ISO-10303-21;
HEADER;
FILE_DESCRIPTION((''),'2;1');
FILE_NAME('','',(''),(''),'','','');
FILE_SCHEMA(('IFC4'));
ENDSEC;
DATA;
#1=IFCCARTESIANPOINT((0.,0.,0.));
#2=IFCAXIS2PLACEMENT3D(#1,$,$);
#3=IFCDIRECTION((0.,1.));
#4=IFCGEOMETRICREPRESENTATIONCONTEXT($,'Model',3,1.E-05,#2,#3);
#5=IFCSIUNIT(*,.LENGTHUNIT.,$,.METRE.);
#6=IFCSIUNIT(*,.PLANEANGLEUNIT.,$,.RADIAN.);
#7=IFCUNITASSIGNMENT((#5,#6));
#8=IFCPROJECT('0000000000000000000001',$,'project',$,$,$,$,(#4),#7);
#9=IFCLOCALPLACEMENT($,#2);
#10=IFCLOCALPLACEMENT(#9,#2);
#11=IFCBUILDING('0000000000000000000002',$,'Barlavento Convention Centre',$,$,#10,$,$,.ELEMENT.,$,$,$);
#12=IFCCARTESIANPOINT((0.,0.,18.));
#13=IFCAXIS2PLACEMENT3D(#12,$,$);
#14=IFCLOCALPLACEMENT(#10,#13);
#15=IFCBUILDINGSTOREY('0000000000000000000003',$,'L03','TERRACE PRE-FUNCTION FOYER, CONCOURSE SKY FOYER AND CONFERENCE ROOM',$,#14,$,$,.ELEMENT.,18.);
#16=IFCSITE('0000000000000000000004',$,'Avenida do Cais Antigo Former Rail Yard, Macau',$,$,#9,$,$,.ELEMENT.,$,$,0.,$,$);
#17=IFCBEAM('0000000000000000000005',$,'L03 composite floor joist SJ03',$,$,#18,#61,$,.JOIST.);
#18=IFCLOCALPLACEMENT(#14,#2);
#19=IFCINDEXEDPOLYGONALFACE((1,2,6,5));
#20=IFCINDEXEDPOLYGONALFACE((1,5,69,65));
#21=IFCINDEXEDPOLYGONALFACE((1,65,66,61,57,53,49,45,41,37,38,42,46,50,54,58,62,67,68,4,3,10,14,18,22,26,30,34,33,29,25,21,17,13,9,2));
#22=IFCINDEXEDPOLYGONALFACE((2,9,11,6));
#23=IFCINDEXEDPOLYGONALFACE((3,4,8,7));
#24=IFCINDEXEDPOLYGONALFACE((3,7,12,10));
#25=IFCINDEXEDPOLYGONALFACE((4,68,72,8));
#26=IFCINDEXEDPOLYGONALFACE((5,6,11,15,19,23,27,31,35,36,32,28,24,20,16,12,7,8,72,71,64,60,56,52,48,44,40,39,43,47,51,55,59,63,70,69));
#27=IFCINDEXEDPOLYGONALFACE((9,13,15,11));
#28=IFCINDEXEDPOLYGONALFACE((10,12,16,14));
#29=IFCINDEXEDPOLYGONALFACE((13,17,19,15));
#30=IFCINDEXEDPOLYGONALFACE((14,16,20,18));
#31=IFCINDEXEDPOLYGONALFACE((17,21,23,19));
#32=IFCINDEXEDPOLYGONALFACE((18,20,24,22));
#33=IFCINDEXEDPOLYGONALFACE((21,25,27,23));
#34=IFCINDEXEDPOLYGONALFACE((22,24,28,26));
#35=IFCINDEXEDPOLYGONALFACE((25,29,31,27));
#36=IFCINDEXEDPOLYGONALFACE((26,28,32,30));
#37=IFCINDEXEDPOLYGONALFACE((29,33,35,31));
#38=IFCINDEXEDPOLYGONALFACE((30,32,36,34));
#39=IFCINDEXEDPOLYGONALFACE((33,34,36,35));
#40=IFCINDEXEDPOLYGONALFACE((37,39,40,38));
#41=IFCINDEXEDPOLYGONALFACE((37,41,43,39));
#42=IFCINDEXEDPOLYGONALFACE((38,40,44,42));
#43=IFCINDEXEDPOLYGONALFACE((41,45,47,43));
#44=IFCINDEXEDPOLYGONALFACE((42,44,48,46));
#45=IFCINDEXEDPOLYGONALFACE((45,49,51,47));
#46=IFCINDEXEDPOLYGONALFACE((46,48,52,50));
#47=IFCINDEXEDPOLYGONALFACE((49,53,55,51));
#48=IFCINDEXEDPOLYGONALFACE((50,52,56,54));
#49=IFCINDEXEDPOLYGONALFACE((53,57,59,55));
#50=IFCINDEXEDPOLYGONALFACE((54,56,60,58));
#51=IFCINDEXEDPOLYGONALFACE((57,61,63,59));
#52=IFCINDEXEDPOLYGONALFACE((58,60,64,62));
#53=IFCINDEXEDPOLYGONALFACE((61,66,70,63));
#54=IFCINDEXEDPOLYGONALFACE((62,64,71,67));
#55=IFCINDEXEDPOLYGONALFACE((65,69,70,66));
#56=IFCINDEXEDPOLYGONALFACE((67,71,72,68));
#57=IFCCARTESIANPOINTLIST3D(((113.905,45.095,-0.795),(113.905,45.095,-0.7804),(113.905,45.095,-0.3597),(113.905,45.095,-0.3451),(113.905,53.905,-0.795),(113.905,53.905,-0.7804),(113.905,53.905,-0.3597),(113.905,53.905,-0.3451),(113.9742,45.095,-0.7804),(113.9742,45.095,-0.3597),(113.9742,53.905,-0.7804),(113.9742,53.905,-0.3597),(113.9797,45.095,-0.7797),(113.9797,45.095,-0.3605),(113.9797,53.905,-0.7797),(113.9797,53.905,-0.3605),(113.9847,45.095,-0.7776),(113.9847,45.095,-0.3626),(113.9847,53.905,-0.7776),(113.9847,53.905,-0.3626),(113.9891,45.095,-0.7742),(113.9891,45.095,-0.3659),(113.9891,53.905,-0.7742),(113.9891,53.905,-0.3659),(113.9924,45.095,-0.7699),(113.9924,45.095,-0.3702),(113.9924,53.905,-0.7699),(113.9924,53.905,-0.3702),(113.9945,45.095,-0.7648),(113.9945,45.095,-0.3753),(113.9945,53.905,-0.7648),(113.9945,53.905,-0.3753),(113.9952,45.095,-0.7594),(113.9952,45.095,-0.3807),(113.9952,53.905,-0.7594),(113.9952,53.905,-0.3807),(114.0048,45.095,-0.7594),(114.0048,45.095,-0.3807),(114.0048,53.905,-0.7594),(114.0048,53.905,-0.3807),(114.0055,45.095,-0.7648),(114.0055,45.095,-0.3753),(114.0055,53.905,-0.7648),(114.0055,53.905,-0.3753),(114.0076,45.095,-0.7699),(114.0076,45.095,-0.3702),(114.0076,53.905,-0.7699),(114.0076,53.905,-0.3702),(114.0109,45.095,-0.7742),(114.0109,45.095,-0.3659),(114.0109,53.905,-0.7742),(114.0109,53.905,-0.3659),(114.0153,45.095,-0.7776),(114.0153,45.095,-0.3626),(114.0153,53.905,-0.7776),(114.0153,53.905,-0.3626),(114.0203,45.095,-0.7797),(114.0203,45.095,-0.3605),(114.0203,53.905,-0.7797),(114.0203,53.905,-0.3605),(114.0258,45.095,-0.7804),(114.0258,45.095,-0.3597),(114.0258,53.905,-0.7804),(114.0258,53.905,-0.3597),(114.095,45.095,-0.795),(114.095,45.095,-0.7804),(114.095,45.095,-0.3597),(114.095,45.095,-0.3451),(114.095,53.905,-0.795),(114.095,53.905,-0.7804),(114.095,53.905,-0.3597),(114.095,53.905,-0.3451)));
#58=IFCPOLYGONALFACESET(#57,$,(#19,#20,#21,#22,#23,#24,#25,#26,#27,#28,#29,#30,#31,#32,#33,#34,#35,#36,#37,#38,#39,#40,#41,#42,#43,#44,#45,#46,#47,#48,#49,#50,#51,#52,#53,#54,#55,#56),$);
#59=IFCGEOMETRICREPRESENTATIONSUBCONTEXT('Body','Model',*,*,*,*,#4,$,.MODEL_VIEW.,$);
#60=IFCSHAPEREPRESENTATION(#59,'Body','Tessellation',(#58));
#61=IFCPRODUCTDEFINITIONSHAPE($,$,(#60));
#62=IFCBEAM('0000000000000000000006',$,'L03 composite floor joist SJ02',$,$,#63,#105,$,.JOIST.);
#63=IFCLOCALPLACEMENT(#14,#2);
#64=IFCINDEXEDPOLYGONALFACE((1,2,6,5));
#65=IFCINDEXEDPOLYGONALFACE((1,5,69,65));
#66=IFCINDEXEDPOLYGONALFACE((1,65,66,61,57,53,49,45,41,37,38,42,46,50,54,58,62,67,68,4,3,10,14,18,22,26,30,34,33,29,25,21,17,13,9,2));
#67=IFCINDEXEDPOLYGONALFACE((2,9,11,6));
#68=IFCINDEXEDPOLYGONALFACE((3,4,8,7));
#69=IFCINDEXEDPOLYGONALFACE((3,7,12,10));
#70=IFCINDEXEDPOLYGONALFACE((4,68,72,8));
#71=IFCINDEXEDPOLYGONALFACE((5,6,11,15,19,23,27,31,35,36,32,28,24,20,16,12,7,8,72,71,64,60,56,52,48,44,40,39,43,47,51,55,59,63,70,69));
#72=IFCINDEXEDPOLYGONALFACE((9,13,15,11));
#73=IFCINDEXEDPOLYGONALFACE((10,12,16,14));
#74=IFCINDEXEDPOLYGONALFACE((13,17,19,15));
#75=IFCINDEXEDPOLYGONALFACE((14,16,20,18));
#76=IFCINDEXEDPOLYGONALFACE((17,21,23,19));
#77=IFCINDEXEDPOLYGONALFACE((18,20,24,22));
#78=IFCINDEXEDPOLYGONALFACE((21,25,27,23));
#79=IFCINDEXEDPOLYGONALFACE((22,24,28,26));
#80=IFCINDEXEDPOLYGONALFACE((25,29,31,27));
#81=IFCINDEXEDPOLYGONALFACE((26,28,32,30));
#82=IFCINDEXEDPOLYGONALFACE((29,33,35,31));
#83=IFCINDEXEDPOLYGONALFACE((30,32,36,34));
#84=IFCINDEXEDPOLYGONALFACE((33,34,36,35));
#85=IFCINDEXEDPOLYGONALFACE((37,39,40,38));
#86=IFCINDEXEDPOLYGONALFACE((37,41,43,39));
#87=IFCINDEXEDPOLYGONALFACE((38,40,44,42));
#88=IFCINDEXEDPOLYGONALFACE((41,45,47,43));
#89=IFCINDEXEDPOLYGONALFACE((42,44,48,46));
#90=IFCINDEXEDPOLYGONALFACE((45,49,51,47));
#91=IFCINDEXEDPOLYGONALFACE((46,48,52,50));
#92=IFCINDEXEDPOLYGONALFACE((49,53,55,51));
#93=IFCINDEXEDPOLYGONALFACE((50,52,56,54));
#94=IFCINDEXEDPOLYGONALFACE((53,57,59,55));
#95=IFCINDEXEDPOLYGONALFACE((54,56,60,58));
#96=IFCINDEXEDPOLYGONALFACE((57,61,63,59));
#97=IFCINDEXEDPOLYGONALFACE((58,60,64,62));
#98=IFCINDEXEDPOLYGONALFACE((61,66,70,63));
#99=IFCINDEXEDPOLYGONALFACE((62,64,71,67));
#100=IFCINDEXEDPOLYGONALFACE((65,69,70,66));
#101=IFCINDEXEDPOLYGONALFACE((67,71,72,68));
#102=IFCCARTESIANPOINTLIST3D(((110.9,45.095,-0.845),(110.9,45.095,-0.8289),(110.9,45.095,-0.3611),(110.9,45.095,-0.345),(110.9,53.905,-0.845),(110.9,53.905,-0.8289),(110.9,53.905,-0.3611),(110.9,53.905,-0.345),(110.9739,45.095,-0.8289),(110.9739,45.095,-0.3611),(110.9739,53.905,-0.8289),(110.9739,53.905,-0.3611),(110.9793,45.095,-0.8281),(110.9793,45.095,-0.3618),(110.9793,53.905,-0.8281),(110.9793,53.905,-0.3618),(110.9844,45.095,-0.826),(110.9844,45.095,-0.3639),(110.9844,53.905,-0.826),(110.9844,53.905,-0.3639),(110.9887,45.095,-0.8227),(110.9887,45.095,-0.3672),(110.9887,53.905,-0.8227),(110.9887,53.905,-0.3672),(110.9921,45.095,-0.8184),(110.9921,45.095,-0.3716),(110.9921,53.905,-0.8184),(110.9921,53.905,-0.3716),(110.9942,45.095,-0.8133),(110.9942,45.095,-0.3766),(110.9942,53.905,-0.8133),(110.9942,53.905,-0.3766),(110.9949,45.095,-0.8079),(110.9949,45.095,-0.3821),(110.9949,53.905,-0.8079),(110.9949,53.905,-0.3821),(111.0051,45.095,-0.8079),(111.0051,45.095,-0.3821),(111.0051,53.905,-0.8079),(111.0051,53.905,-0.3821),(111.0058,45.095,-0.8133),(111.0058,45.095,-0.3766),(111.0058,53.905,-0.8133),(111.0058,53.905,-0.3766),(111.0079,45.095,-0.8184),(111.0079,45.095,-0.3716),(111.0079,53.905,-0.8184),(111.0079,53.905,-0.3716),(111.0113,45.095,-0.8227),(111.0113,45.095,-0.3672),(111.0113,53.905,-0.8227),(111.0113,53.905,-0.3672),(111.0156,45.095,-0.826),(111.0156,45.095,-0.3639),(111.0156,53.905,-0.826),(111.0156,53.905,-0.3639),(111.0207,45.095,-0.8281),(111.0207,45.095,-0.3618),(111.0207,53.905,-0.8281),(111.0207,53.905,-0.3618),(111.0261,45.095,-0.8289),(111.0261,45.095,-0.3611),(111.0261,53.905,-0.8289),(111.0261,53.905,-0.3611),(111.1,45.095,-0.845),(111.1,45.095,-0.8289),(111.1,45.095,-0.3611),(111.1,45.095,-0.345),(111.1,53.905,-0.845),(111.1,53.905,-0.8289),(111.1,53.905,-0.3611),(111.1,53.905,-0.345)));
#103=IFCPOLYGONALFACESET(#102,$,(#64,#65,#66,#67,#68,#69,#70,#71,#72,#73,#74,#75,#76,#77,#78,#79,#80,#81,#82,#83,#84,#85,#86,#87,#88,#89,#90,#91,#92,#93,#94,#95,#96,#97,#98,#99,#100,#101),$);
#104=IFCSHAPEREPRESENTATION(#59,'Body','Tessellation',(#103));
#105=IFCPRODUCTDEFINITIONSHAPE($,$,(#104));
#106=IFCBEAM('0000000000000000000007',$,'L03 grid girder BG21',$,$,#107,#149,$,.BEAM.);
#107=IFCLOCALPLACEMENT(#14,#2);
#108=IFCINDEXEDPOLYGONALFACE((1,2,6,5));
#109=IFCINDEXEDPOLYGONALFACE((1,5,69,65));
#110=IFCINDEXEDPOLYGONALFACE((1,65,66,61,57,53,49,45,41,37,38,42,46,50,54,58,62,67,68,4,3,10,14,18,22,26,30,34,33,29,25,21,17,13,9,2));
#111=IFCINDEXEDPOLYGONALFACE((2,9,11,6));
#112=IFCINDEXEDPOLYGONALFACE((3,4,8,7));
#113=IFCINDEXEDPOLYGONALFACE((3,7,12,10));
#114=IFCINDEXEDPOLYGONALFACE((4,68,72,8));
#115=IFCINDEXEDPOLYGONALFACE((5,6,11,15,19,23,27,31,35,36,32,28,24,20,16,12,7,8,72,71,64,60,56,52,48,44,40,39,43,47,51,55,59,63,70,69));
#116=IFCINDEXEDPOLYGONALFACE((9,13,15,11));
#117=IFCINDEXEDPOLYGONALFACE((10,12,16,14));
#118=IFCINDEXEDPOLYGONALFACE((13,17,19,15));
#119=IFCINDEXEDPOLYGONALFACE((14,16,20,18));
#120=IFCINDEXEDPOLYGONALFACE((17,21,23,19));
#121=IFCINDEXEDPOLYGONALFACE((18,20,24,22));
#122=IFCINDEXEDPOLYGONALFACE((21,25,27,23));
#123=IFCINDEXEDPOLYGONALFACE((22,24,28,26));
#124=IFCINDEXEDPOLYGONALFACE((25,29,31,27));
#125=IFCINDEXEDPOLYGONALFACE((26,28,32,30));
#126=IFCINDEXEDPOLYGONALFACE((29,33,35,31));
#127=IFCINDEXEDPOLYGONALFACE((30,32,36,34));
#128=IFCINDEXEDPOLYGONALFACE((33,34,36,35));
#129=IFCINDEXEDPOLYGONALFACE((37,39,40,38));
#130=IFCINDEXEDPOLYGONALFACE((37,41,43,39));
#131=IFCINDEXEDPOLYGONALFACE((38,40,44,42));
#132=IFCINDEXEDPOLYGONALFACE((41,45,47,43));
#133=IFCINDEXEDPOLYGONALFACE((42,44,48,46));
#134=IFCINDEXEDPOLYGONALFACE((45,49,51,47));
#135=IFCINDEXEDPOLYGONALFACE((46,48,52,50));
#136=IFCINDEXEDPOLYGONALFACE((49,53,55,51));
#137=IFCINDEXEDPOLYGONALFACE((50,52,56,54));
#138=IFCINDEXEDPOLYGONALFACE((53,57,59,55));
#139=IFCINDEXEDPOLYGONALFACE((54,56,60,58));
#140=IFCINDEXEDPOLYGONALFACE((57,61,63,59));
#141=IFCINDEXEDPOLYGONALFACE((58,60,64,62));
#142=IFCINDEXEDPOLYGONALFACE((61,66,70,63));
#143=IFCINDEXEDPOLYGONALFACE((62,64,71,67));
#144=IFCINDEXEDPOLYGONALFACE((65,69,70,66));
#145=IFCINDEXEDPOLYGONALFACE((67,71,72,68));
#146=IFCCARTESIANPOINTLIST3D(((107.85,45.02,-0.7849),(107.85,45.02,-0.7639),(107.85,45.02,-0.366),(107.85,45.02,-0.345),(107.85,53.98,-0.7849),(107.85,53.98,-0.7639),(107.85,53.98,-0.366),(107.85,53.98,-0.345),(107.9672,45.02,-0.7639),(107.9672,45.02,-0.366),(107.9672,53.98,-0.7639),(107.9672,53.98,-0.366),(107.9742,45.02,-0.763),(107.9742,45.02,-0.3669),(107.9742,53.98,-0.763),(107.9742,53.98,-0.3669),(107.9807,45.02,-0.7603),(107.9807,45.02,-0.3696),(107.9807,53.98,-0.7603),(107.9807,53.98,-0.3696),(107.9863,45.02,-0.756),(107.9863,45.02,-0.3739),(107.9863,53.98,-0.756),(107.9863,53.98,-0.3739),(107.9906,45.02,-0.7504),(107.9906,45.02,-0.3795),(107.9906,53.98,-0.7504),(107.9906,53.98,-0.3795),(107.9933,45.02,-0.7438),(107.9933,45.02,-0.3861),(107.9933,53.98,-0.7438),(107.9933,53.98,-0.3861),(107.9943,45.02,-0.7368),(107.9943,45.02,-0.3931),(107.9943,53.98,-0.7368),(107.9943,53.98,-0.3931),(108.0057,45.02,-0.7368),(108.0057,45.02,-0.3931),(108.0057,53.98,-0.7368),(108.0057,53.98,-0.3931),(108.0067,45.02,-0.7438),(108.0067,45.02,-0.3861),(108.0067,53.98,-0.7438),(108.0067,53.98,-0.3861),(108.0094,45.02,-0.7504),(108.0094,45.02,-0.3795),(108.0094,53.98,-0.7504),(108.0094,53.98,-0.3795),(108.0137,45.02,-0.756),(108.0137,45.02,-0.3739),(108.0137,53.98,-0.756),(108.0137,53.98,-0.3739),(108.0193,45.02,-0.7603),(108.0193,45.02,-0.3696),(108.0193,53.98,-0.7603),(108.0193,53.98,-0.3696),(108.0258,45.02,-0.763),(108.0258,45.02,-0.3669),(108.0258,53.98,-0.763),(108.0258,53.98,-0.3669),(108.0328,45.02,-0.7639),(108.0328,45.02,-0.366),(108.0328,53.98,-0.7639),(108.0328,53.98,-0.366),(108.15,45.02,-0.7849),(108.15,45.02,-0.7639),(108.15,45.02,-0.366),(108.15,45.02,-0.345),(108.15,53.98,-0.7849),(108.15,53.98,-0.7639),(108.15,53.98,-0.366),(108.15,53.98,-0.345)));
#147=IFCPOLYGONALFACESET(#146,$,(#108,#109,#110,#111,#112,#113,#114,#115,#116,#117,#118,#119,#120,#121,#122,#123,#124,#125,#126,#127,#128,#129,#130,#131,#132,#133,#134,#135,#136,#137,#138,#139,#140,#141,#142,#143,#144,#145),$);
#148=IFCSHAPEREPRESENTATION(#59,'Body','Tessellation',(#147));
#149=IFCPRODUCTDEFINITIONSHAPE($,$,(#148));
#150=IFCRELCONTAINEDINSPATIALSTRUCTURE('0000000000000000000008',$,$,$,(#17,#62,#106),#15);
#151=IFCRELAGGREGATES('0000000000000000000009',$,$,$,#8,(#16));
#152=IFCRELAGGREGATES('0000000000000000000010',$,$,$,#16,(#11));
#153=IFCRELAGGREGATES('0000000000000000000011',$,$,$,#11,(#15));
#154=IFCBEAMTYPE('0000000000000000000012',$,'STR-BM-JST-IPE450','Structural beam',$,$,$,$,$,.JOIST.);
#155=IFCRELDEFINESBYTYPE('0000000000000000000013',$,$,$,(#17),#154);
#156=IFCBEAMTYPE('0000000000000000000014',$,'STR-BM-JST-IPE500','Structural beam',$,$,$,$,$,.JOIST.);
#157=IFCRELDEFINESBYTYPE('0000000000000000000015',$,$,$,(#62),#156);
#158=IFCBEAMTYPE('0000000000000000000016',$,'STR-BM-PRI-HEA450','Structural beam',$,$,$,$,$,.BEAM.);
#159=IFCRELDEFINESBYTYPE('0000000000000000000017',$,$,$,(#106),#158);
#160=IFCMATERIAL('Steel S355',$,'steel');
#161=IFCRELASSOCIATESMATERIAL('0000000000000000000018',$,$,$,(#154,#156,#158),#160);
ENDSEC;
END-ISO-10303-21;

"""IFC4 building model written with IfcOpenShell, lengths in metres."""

from ifc_helpers import new_model, si_unit, direction, frame, origin, origin_2d, place, context, subcontext, project, spatial, i_section, extrude, material, material_profile, profile_set, type_object, element, save


model = new_model("IFC4")

# Units and contexts
model_context = context("Model", 3, precision=1e-05, world=origin(), true_north=direction((0.0, 1.0)))
body_context = subcontext(model_context, "Body", "Model", "MODEL_VIEW")
ifc_project = project(units=[si_unit("LENGTHUNIT", "METRE"), si_unit("PLANEANGLEUNIT", "RADIAN")], contexts=[model_context])

# Site, building, storey
site_placement = place(None, origin())
site = spatial("IfcSite", under=ifc_project, at=site_placement, Name="Avenida do Cais Antigo Former Rail Yard, Macau", CompositionType="ELEMENT", RefElevation=0.0)
building_placement = place(site_placement, origin())
building = spatial("IfcBuilding", under=site, at=building_placement, Name="Barlavento Convention Centre", CompositionType="ELEMENT")
storey_placement = place(building_placement, frame((0.0, 0.0, 18.0)))
storey = spatial("IfcBuildingStorey", under=building, at=storey_placement, Name="L03", Description="TERRACE PRE-FUNCTION FOYER, CONCOURSE SKY FOYER AND CONFERENCE ROOM", CompositionType="ELEMENT", Elevation=18.0)

# Shared definitions
ifc_material_1 = material(Name="Steel S355", Category="steel")

# Beams
ifc_material_profile_1 = material_profile(ifc_material_1, i_section(OverallWidth=0.1899, OverallDepth=0.45, WebThickness=0.0095, FlangeThickness=0.0146, FilletRadius=0.021, at=origin_2d()), Name="IPE 450")
ifc_profile_set_1 = profile_set([ifc_material_profile_1], Name="Steel S355")
beam_type_1 = type_object("IfcBeamType", Name="STR-BM-JST-IPE450", Description="Structural beam", PredefinedType="JOIST", material=ifc_profile_set_1)
beam_1_placement = place(storey_placement, frame((114.0, 45.095, -0.5701), z_axis=(0.0, 1.0, 0.0), x_axis=(-1.0, 0.0, 0.0)))
element("IfcBeam", 1, at=beam_1_placement, inside=storey, type_object=beam_type_1, Name="L03 composite floor joist SJ03", PredefinedType="JOIST", context=body_context, shape_type="SweptSolid", body=[
    extrude(i_section(OverallWidth=0.1899, OverallDepth=0.45, WebThickness=0.0095, FlangeThickness=0.0146, FilletRadius=0.021, at=origin_2d()), origin(), (0.0, 0.0, 1.0), 8.8101),
])
ifc_material_profile_2 = material_profile(ifc_material_1, i_section(OverallWidth=0.2, OverallDepth=0.5, WebThickness=0.0103, FlangeThickness=0.0161, FilletRadius=0.021, at=origin_2d()), Name="IPE 500")
ifc_profile_set_2 = profile_set([ifc_material_profile_2], Name="Steel S355")
beam_type_2 = type_object("IfcBeamType", Name="STR-BM-JST-IPE500", Description="Structural beam", PredefinedType="JOIST", material=ifc_profile_set_2)
beam_2_placement = place(storey_placement, frame((111.0, 45.095, -0.595), z_axis=(0.0, 1.0, 0.0), x_axis=(-1.0, 0.0, 0.0)))
element("IfcBeam", 2, at=beam_2_placement, inside=storey, type_object=beam_type_2, Name="L03 composite floor joist SJ02", PredefinedType="JOIST", context=body_context, shape_type="SweptSolid", body=[
    extrude(i_section(OverallWidth=0.2, OverallDepth=0.5, WebThickness=0.0103, FlangeThickness=0.0161, FilletRadius=0.021, at=origin_2d()), origin(), (0.0, 0.0, 1.0), 8.8101),
])
ifc_material_profile_3 = material_profile(ifc_material_1, i_section(OverallWidth=0.3, OverallDepth=0.4399, WebThickness=0.0115, FlangeThickness=0.021, FilletRadius=0.0271, at=origin_2d()), Name="HEA 450")
ifc_profile_set_3 = profile_set([ifc_material_profile_3], Name="Steel S355")
beam_type_3 = type_object("IfcBeamType", Name="STR-BM-PRI-HEA450", Description="Structural beam", PredefinedType="BEAM", material=ifc_profile_set_3)
beam_3_placement = place(storey_placement, frame((108.0, 45.02, -0.5649), z_axis=(0.0, 1.0, 0.0), x_axis=(-1.0, 0.0, 0.0)))
element("IfcBeam", 3, at=beam_3_placement, inside=storey, type_object=beam_type_3, Name="L03 grid girder BG21", PredefinedType="BEAM", context=body_context, shape_type="SweptSolid", body=[
    extrude(i_section(OverallWidth=0.3, OverallDepth=0.4399, WebThickness=0.0115, FlangeThickness=0.021, FilletRadius=0.0271, at=origin_2d()), origin(), (0.0, 0.0, 1.0), 8.96),
])

save(model, "model.ifc")
